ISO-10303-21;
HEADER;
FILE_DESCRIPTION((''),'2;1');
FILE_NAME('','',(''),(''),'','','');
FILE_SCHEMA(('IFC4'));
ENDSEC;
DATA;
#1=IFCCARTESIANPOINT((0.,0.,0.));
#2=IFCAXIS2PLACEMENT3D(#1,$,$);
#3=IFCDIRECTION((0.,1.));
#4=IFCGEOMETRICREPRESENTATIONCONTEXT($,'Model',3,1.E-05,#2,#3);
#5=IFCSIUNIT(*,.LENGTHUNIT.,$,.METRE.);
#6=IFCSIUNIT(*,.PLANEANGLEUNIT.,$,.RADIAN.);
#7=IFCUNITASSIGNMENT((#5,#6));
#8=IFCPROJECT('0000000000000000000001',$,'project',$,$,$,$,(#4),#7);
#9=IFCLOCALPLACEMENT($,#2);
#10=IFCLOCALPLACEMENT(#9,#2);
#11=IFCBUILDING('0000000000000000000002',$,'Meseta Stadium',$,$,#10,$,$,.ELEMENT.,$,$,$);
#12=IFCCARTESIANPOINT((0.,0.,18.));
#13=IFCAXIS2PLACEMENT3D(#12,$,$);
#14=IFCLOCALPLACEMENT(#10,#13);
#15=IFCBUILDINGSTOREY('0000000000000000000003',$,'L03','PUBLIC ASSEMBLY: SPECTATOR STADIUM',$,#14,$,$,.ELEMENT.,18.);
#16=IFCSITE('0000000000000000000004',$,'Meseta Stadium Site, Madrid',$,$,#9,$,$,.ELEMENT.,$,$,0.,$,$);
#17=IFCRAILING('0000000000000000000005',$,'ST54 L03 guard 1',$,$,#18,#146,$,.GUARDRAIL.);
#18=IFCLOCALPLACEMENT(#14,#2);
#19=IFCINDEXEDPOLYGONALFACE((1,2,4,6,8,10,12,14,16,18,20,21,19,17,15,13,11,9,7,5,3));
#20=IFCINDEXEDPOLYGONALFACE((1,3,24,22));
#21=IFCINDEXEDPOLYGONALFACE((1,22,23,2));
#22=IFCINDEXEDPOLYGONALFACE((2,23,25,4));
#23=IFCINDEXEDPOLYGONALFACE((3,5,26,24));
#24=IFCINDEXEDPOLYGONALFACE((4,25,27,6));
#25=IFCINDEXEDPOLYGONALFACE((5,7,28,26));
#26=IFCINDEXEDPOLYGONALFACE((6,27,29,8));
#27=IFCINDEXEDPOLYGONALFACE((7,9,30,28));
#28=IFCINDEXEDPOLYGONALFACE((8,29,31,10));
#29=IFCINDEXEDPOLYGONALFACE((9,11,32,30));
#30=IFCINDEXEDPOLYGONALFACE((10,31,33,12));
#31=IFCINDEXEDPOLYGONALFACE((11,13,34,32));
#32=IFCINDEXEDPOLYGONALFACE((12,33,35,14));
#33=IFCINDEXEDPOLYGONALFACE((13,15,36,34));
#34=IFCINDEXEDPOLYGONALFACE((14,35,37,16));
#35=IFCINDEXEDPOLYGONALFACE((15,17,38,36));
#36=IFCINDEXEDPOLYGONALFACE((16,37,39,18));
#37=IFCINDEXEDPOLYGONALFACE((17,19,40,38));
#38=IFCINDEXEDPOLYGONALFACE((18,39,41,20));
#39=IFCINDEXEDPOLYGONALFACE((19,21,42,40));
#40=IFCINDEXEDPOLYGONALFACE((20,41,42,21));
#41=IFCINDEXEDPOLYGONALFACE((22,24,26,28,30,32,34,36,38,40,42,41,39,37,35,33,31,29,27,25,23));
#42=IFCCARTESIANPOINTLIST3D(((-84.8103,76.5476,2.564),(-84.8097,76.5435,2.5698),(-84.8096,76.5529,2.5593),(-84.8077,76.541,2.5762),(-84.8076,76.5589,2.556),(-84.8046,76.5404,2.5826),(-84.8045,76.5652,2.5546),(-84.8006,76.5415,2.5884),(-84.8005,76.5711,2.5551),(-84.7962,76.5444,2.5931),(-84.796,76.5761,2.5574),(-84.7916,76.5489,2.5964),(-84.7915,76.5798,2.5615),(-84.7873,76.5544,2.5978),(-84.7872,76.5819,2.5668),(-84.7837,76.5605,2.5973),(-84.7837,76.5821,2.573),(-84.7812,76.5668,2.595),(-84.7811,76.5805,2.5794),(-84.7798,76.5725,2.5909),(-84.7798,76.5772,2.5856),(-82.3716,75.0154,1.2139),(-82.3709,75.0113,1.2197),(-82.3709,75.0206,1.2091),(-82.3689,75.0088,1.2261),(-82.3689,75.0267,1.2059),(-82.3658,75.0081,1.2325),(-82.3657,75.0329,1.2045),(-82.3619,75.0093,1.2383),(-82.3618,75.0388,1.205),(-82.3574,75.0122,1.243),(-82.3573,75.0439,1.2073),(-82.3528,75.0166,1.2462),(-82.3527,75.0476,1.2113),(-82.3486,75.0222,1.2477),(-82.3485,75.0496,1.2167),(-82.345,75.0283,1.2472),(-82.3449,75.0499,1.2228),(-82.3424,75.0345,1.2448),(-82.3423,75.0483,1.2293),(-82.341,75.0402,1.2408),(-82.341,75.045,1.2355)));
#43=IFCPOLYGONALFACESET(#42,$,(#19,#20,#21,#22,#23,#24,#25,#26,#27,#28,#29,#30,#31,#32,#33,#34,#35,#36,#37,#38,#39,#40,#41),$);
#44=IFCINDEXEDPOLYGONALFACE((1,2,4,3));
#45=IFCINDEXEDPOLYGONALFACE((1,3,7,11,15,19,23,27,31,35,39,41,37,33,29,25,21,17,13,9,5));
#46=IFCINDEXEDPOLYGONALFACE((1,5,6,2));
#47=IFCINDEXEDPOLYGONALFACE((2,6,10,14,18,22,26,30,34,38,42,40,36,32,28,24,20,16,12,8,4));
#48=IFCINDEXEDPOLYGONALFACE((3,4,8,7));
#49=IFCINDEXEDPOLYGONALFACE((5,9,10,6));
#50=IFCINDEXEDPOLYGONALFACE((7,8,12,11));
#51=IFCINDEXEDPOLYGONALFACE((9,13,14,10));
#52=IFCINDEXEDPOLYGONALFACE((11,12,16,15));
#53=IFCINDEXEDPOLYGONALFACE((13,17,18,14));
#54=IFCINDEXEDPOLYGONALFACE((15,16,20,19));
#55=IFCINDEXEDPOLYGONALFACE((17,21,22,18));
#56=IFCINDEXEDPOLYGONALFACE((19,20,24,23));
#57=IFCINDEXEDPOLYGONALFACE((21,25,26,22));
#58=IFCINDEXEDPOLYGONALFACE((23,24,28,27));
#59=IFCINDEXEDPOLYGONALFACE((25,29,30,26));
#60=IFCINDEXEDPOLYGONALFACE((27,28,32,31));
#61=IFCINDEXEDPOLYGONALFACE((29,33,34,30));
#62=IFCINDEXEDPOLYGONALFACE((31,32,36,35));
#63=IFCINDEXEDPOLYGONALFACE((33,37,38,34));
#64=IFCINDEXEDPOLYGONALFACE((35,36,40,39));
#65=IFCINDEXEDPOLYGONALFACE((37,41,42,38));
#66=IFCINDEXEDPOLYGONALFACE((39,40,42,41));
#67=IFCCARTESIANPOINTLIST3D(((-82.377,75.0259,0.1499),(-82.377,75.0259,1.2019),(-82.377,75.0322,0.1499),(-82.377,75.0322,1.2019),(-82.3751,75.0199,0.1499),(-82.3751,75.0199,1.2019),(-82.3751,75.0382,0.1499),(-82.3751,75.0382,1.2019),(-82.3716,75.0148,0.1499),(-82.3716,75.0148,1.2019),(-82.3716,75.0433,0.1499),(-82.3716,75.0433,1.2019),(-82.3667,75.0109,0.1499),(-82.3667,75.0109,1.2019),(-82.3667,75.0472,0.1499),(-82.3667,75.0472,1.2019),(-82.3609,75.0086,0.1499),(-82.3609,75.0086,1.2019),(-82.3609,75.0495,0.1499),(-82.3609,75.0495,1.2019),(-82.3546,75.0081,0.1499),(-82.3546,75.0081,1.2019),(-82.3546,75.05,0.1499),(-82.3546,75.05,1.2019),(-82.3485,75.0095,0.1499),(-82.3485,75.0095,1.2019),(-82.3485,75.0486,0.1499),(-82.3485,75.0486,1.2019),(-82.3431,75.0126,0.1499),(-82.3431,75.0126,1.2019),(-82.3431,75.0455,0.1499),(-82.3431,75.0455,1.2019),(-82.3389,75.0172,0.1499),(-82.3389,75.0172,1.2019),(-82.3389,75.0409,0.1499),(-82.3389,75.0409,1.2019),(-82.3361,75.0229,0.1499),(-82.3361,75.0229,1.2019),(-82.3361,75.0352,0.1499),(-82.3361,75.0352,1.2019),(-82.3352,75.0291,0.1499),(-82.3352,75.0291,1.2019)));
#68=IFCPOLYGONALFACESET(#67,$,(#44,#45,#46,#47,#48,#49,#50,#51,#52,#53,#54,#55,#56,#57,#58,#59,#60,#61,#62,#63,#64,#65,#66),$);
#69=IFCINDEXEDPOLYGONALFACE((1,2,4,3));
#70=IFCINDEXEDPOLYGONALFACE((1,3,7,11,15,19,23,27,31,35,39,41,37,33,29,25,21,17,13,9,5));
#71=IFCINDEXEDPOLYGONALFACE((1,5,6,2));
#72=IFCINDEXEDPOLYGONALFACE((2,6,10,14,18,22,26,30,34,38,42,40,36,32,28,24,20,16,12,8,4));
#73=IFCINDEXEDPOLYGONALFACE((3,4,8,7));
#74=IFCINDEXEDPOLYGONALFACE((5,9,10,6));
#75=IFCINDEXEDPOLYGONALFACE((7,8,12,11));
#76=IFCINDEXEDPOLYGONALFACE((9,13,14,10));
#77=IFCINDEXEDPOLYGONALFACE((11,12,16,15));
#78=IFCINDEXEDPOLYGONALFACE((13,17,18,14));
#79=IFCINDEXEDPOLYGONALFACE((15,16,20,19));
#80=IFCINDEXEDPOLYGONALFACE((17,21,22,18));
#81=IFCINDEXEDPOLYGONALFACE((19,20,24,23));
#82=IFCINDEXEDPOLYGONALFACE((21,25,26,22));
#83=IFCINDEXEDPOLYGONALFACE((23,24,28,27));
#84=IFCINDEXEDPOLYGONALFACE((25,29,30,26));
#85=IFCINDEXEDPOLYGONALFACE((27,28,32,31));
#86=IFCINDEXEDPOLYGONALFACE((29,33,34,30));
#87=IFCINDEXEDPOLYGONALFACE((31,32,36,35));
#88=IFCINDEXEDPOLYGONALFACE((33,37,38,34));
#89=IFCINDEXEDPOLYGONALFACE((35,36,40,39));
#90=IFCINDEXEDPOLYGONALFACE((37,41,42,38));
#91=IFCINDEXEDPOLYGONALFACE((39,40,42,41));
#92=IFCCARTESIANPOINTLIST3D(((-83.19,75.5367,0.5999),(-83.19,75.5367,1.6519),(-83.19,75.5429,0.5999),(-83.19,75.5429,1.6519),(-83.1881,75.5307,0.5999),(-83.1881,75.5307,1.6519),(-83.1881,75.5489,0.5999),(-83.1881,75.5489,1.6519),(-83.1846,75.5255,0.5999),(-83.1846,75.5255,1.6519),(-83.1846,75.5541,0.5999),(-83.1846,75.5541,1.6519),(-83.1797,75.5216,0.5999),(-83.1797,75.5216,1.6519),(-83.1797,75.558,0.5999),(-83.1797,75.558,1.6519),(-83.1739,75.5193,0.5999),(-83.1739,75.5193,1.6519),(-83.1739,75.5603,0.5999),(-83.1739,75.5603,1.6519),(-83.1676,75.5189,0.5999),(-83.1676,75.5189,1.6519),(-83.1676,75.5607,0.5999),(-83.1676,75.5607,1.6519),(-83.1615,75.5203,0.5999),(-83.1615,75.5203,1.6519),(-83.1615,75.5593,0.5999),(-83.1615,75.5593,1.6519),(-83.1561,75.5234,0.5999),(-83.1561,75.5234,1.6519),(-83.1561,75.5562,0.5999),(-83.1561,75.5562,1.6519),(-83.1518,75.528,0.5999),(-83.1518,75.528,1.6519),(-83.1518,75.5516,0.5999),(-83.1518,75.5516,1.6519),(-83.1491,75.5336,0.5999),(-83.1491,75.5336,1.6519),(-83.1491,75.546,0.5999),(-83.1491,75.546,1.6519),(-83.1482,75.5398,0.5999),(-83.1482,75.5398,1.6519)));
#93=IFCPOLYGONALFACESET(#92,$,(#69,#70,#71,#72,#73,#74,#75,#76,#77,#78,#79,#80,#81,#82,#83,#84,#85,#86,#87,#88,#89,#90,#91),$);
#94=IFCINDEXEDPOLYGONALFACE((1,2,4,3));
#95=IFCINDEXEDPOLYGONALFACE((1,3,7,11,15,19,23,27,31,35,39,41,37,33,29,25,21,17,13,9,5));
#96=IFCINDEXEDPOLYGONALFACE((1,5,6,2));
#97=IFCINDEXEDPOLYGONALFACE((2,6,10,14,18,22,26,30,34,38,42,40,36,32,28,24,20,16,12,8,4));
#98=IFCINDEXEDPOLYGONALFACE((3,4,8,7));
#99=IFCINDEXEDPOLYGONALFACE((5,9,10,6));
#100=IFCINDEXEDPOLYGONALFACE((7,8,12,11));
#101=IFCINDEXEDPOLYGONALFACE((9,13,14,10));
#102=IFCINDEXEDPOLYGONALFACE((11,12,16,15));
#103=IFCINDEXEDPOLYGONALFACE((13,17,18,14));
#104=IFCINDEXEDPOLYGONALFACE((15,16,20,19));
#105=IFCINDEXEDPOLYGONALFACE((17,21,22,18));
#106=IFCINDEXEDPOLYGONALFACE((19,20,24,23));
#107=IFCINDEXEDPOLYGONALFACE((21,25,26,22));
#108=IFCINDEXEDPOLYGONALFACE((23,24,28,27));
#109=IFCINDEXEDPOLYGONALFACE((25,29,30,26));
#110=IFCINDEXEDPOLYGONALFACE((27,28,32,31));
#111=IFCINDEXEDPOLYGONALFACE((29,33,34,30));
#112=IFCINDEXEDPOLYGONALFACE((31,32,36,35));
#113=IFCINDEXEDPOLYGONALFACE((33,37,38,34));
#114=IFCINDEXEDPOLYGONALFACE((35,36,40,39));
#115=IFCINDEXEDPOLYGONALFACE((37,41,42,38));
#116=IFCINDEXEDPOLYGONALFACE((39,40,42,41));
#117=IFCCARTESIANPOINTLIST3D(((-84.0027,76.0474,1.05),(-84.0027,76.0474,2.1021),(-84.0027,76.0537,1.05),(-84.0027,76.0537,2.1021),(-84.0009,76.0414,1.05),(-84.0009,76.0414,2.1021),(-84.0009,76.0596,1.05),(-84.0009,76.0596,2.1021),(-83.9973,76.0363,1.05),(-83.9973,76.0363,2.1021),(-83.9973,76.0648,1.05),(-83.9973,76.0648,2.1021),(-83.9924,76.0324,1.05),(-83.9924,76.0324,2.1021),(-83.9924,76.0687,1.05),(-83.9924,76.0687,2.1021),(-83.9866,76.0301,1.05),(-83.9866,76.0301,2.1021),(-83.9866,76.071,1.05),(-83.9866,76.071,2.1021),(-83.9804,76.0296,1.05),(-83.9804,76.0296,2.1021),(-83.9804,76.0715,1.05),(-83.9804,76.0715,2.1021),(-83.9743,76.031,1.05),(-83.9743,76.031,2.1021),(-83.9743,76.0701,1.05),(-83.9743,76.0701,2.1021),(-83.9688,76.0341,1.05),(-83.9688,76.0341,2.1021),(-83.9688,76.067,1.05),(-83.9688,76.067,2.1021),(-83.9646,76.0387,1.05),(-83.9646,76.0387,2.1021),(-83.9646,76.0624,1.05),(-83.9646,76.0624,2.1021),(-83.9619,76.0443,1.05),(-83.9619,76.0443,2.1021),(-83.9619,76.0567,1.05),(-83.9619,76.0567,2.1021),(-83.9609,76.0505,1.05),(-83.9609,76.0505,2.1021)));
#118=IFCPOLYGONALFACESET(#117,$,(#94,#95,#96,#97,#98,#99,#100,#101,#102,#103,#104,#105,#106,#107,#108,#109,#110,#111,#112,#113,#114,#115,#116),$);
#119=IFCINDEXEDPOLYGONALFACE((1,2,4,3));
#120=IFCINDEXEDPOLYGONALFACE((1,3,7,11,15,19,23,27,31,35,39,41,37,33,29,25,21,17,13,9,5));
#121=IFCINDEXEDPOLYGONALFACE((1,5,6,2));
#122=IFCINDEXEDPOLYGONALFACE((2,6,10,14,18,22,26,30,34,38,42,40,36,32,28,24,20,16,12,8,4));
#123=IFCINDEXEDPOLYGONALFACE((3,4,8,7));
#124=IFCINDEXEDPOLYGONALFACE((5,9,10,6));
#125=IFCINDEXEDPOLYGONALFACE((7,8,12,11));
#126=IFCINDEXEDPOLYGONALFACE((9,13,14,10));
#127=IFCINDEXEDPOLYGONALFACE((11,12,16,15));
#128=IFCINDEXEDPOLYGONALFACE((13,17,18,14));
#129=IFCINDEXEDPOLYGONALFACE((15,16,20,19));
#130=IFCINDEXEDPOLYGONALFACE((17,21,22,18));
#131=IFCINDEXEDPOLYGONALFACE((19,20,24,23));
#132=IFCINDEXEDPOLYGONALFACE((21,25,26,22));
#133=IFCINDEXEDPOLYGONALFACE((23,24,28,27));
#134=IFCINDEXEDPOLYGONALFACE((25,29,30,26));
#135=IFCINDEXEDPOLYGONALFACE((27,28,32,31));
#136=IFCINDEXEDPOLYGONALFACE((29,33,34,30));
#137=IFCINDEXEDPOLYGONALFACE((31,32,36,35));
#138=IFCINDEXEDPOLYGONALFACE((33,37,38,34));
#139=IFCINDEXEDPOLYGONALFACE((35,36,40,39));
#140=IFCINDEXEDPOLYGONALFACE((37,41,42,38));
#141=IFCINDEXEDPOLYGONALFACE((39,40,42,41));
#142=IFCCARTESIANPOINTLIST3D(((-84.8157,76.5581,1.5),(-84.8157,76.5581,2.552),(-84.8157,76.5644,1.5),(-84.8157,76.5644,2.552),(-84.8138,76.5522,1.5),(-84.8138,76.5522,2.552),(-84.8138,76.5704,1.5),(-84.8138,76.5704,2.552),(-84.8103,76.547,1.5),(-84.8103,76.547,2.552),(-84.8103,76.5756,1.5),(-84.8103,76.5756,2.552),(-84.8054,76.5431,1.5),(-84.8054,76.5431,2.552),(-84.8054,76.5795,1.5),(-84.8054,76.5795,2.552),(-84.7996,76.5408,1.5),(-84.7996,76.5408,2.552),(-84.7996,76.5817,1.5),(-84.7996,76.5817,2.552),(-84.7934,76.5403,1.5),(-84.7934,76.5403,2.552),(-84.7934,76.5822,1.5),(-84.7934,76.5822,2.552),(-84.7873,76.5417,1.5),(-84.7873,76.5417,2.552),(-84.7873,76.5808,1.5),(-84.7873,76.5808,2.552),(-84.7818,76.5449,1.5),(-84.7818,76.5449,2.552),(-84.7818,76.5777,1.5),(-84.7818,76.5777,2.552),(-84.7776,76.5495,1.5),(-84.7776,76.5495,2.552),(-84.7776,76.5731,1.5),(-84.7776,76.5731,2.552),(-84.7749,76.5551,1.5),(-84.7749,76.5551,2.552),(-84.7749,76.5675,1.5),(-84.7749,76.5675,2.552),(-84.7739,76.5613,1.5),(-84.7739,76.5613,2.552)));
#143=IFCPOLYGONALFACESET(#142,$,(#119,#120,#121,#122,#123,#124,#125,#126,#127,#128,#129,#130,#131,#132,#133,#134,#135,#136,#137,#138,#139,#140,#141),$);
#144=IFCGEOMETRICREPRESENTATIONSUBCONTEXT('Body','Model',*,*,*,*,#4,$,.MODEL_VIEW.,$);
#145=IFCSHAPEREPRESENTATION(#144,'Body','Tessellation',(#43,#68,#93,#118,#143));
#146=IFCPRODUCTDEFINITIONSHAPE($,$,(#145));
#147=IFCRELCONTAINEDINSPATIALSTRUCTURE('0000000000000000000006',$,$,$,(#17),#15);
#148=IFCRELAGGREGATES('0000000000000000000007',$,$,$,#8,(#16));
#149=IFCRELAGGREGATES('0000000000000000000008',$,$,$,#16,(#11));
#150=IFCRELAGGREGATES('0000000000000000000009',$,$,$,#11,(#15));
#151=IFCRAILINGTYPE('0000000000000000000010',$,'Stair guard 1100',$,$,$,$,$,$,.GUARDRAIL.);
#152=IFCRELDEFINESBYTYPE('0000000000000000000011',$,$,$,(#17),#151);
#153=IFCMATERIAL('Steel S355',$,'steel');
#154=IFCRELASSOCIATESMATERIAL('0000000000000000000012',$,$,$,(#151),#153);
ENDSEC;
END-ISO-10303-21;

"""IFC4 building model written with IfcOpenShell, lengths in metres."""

from ifc_helpers import new_model, si_unit, direction, frame, origin, origin_2d, place, context, subcontext, project, spatial, circle, extrude, material, type_object, element, save


model = new_model("IFC4")

# Units and contexts
model_context = context("Model", 3, precision=1e-05, world=origin(), true_north=direction((0.0, 1.0)))
body_context = subcontext(model_context, "Body", "Model", "MODEL_VIEW")
ifc_project = project(units=[si_unit("LENGTHUNIT", "METRE"), si_unit("PLANEANGLEUNIT", "RADIAN")], contexts=[model_context])

# Site, building, storey
site_placement = place(None, origin())
site = spatial("IfcSite", under=ifc_project, at=site_placement, Name="Meseta Stadium Site, Madrid", CompositionType="ELEMENT", RefElevation=0.0)
building_placement = place(site_placement, origin())
building = spatial("IfcBuilding", under=site, at=building_placement, Name="Meseta Stadium", CompositionType="ELEMENT")
storey_placement = place(building_placement, frame((0.0, 0.0, 18.0)))
storey = spatial("IfcBuildingStorey", under=building, at=storey_placement, Name="L03", Description="PUBLIC ASSEMBLY: SPECTATOR STADIUM", CompositionType="ELEMENT", Elevation=18.0)

# Railing
ifc_material_1 = material(Name="Steel S355", Category="steel")
railing_type_1 = type_object("IfcRailingType", Name="Stair guard 1100", PredefinedType="GUARDRAIL", material=ifc_material_1)
railing_1_placement = place(storey_placement, frame((-82.3562, 75.0291, 0.1499)))
element("IfcRailing", 1, at=railing_1_placement, inside=storey, type_object=railing_type_1, Name="ST54 L03 guard 1", PredefinedType="GUARDRAIL", context=body_context, shape_type="SweptSolid", body=[
    extrude(circle(Radius=0.0239, at=origin_2d()), frame((0.0, 0.0, 1.0762), z_axis=(-0.766687, 0.481703, 0.424445), x_axis=(-0.532001, -0.846743, 0.0)), (0.0, 0.0, 1.0), 3.1809),
    extrude(circle(Radius=0.021, at=origin_2d()), origin(), (0.0, 0.0, 1.0), 1.052),
    extrude(circle(Radius=0.021, at=origin_2d()), frame((-0.813, 0.5107, 0.45)), (0.0, 0.0, 1.0), 1.052),
    extrude(circle(Radius=0.021, at=origin_2d()), frame((-1.6257, 1.0215, 0.9001)), (0.0, 0.0, 1.0), 1.052),
    extrude(circle(Radius=0.021, at=origin_2d()), frame((-2.4387, 1.5322, 1.3501)), (0.0, 0.0, 1.0), 1.052),
])

save(model, "model.ifc")
